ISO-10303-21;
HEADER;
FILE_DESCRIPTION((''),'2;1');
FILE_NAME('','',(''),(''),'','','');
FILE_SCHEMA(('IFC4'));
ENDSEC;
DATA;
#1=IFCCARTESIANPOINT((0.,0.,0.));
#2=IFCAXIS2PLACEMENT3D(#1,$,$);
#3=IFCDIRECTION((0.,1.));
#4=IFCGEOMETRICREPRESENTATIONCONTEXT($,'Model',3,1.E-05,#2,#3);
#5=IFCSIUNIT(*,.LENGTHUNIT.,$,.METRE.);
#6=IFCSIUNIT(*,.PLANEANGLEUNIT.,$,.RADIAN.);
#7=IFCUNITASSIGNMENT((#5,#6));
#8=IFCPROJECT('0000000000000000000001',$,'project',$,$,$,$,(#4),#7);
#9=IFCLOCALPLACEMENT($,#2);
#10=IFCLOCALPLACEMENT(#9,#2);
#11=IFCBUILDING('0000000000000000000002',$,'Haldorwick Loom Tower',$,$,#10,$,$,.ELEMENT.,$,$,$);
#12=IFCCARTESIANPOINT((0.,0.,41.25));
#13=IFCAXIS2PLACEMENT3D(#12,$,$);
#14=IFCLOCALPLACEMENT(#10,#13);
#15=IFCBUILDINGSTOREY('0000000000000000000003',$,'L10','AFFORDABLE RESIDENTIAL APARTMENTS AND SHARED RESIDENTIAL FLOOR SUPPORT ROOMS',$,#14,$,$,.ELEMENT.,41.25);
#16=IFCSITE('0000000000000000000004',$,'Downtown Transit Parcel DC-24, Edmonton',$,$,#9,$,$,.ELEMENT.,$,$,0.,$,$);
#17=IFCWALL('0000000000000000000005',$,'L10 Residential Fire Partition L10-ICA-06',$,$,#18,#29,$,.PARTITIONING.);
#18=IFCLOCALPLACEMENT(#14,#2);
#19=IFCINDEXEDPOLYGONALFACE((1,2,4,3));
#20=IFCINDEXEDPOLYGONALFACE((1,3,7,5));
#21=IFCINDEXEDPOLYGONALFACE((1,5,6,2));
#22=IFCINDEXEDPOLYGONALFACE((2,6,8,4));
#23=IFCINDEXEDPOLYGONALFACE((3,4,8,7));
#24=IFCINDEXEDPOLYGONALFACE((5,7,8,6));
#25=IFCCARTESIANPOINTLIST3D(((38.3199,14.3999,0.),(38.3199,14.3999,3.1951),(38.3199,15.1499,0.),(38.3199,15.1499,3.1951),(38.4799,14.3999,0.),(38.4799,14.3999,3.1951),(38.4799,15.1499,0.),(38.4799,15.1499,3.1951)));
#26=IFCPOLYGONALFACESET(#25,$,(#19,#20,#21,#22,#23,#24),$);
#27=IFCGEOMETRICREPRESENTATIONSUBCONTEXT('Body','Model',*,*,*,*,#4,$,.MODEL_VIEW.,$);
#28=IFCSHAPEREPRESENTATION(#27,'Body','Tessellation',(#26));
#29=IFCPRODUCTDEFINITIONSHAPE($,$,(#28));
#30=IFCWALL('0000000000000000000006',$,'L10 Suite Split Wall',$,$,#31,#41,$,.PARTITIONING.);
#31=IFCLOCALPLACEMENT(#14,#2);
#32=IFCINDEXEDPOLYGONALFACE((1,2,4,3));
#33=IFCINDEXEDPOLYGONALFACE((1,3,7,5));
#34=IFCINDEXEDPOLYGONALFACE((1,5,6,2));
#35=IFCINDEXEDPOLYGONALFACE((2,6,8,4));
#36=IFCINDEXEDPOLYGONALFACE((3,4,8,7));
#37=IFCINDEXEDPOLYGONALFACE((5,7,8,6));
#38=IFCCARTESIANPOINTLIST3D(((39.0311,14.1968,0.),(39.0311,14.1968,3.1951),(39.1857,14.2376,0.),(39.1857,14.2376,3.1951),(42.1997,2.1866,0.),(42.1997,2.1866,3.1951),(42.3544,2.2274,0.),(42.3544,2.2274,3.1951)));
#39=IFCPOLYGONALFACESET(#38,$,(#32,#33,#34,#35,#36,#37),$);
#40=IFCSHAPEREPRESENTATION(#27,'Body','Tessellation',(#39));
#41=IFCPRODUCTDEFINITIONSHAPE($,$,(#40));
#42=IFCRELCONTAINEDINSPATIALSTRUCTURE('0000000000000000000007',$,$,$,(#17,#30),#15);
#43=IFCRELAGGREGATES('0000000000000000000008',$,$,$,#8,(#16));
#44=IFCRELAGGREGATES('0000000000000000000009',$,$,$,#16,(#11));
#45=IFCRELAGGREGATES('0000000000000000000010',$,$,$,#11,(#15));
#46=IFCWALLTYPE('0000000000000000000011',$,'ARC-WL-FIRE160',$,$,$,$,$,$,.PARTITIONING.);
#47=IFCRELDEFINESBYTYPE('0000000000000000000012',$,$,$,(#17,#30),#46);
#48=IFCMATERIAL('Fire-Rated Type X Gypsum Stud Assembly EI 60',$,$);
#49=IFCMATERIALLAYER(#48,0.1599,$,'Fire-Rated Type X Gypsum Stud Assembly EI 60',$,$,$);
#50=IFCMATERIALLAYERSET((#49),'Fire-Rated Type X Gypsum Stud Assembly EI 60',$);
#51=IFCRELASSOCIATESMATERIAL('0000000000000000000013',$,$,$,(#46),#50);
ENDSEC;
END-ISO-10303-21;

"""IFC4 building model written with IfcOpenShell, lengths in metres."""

from ifc_helpers import new_model, si_unit, direction, frame, frame_2d, origin, place, context, subcontext, project, spatial, rectangle, extrude, material, layer, layer_set, type_object, element, save


model = new_model("IFC4")

# Units and contexts
model_context = context("Model", 3, precision=1e-05, world=origin(), true_north=direction((0.0, 1.0)))
body_context = subcontext(model_context, "Body", "Model", "MODEL_VIEW")
ifc_project = project(units=[si_unit("LENGTHUNIT", "METRE"), si_unit("PLANEANGLEUNIT", "RADIAN")], contexts=[model_context])

# Site, building, storey
site_placement = place(None, origin())
site = spatial("IfcSite", under=ifc_project, at=site_placement, Name="Downtown Transit Parcel DC-24, Edmonton", CompositionType="ELEMENT", RefElevation=0.0)
building_placement = place(site_placement, origin())
building = spatial("IfcBuilding", under=site, at=building_placement, Name="Haldorwick Loom Tower", CompositionType="ELEMENT")
storey_placement = place(building_placement, frame((0.0, 0.0, 41.25)))
storey = spatial("IfcBuildingStorey", under=building, at=storey_placement, Name="L10", Description="AFFORDABLE RESIDENTIAL APARTMENTS AND SHARED RESIDENTIAL FLOOR SUPPORT ROOMS", CompositionType="ELEMENT", Elevation=41.25)

# Walls
ifc_material_1 = material(Name="Fire-Rated Type X Gypsum Stud Assembly EI 60")
ifc_layer_1 = layer(ifc_material_1, 0.1599, Name="Fire-Rated Type X Gypsum Stud Assembly EI 60")
ifc_layer_set_1 = layer_set([ifc_layer_1], Name="Fire-Rated Type X Gypsum Stud Assembly EI 60")
wall_type_1 = type_object("IfcWallType", Name="ARC-WL-FIRE160", PredefinedType="PARTITIONING", material=ifc_layer_set_1)
wall_1_placement = place(storey_placement, frame((38.3999, 15.1499, 0.0), z_axis=(0.0, 0.0, 1.0), x_axis=(0.0, -1.0, 0.0)))
element("IfcWall", 1, at=wall_1_placement, inside=storey, type_object=wall_type_1, Name="L10 Residential Fire Partition L10-ICA-06", PredefinedType="PARTITIONING", context=body_context, shape_type="SweptSolid", body=[
    extrude(rectangle(XDim=0.75, YDim=0.1599, at=frame_2d((0.375, 0.0))), origin(), (0.0, 0.0, 1.0), 3.1951),
])
wall_2_placement = place(storey_placement, frame((39.1084, 14.217, 0.0), z_axis=(0.0, 0.0, 1.0), x_axis=(0.255104, -0.966914, 0.0)))
element("IfcWall", 2, at=wall_2_placement, inside=storey, type_object=wall_type_1, Name="L10 Suite Split Wall", PredefinedType="PARTITIONING", context=body_context, shape_type="SweptSolid", body=[
    extrude(rectangle(XDim=12.4211, YDim=0.1599, at=frame_2d((6.2104, 0.0))), origin(), (0.0, 0.0, 1.0), 3.1951),
])

save(model, "model.ifc")
